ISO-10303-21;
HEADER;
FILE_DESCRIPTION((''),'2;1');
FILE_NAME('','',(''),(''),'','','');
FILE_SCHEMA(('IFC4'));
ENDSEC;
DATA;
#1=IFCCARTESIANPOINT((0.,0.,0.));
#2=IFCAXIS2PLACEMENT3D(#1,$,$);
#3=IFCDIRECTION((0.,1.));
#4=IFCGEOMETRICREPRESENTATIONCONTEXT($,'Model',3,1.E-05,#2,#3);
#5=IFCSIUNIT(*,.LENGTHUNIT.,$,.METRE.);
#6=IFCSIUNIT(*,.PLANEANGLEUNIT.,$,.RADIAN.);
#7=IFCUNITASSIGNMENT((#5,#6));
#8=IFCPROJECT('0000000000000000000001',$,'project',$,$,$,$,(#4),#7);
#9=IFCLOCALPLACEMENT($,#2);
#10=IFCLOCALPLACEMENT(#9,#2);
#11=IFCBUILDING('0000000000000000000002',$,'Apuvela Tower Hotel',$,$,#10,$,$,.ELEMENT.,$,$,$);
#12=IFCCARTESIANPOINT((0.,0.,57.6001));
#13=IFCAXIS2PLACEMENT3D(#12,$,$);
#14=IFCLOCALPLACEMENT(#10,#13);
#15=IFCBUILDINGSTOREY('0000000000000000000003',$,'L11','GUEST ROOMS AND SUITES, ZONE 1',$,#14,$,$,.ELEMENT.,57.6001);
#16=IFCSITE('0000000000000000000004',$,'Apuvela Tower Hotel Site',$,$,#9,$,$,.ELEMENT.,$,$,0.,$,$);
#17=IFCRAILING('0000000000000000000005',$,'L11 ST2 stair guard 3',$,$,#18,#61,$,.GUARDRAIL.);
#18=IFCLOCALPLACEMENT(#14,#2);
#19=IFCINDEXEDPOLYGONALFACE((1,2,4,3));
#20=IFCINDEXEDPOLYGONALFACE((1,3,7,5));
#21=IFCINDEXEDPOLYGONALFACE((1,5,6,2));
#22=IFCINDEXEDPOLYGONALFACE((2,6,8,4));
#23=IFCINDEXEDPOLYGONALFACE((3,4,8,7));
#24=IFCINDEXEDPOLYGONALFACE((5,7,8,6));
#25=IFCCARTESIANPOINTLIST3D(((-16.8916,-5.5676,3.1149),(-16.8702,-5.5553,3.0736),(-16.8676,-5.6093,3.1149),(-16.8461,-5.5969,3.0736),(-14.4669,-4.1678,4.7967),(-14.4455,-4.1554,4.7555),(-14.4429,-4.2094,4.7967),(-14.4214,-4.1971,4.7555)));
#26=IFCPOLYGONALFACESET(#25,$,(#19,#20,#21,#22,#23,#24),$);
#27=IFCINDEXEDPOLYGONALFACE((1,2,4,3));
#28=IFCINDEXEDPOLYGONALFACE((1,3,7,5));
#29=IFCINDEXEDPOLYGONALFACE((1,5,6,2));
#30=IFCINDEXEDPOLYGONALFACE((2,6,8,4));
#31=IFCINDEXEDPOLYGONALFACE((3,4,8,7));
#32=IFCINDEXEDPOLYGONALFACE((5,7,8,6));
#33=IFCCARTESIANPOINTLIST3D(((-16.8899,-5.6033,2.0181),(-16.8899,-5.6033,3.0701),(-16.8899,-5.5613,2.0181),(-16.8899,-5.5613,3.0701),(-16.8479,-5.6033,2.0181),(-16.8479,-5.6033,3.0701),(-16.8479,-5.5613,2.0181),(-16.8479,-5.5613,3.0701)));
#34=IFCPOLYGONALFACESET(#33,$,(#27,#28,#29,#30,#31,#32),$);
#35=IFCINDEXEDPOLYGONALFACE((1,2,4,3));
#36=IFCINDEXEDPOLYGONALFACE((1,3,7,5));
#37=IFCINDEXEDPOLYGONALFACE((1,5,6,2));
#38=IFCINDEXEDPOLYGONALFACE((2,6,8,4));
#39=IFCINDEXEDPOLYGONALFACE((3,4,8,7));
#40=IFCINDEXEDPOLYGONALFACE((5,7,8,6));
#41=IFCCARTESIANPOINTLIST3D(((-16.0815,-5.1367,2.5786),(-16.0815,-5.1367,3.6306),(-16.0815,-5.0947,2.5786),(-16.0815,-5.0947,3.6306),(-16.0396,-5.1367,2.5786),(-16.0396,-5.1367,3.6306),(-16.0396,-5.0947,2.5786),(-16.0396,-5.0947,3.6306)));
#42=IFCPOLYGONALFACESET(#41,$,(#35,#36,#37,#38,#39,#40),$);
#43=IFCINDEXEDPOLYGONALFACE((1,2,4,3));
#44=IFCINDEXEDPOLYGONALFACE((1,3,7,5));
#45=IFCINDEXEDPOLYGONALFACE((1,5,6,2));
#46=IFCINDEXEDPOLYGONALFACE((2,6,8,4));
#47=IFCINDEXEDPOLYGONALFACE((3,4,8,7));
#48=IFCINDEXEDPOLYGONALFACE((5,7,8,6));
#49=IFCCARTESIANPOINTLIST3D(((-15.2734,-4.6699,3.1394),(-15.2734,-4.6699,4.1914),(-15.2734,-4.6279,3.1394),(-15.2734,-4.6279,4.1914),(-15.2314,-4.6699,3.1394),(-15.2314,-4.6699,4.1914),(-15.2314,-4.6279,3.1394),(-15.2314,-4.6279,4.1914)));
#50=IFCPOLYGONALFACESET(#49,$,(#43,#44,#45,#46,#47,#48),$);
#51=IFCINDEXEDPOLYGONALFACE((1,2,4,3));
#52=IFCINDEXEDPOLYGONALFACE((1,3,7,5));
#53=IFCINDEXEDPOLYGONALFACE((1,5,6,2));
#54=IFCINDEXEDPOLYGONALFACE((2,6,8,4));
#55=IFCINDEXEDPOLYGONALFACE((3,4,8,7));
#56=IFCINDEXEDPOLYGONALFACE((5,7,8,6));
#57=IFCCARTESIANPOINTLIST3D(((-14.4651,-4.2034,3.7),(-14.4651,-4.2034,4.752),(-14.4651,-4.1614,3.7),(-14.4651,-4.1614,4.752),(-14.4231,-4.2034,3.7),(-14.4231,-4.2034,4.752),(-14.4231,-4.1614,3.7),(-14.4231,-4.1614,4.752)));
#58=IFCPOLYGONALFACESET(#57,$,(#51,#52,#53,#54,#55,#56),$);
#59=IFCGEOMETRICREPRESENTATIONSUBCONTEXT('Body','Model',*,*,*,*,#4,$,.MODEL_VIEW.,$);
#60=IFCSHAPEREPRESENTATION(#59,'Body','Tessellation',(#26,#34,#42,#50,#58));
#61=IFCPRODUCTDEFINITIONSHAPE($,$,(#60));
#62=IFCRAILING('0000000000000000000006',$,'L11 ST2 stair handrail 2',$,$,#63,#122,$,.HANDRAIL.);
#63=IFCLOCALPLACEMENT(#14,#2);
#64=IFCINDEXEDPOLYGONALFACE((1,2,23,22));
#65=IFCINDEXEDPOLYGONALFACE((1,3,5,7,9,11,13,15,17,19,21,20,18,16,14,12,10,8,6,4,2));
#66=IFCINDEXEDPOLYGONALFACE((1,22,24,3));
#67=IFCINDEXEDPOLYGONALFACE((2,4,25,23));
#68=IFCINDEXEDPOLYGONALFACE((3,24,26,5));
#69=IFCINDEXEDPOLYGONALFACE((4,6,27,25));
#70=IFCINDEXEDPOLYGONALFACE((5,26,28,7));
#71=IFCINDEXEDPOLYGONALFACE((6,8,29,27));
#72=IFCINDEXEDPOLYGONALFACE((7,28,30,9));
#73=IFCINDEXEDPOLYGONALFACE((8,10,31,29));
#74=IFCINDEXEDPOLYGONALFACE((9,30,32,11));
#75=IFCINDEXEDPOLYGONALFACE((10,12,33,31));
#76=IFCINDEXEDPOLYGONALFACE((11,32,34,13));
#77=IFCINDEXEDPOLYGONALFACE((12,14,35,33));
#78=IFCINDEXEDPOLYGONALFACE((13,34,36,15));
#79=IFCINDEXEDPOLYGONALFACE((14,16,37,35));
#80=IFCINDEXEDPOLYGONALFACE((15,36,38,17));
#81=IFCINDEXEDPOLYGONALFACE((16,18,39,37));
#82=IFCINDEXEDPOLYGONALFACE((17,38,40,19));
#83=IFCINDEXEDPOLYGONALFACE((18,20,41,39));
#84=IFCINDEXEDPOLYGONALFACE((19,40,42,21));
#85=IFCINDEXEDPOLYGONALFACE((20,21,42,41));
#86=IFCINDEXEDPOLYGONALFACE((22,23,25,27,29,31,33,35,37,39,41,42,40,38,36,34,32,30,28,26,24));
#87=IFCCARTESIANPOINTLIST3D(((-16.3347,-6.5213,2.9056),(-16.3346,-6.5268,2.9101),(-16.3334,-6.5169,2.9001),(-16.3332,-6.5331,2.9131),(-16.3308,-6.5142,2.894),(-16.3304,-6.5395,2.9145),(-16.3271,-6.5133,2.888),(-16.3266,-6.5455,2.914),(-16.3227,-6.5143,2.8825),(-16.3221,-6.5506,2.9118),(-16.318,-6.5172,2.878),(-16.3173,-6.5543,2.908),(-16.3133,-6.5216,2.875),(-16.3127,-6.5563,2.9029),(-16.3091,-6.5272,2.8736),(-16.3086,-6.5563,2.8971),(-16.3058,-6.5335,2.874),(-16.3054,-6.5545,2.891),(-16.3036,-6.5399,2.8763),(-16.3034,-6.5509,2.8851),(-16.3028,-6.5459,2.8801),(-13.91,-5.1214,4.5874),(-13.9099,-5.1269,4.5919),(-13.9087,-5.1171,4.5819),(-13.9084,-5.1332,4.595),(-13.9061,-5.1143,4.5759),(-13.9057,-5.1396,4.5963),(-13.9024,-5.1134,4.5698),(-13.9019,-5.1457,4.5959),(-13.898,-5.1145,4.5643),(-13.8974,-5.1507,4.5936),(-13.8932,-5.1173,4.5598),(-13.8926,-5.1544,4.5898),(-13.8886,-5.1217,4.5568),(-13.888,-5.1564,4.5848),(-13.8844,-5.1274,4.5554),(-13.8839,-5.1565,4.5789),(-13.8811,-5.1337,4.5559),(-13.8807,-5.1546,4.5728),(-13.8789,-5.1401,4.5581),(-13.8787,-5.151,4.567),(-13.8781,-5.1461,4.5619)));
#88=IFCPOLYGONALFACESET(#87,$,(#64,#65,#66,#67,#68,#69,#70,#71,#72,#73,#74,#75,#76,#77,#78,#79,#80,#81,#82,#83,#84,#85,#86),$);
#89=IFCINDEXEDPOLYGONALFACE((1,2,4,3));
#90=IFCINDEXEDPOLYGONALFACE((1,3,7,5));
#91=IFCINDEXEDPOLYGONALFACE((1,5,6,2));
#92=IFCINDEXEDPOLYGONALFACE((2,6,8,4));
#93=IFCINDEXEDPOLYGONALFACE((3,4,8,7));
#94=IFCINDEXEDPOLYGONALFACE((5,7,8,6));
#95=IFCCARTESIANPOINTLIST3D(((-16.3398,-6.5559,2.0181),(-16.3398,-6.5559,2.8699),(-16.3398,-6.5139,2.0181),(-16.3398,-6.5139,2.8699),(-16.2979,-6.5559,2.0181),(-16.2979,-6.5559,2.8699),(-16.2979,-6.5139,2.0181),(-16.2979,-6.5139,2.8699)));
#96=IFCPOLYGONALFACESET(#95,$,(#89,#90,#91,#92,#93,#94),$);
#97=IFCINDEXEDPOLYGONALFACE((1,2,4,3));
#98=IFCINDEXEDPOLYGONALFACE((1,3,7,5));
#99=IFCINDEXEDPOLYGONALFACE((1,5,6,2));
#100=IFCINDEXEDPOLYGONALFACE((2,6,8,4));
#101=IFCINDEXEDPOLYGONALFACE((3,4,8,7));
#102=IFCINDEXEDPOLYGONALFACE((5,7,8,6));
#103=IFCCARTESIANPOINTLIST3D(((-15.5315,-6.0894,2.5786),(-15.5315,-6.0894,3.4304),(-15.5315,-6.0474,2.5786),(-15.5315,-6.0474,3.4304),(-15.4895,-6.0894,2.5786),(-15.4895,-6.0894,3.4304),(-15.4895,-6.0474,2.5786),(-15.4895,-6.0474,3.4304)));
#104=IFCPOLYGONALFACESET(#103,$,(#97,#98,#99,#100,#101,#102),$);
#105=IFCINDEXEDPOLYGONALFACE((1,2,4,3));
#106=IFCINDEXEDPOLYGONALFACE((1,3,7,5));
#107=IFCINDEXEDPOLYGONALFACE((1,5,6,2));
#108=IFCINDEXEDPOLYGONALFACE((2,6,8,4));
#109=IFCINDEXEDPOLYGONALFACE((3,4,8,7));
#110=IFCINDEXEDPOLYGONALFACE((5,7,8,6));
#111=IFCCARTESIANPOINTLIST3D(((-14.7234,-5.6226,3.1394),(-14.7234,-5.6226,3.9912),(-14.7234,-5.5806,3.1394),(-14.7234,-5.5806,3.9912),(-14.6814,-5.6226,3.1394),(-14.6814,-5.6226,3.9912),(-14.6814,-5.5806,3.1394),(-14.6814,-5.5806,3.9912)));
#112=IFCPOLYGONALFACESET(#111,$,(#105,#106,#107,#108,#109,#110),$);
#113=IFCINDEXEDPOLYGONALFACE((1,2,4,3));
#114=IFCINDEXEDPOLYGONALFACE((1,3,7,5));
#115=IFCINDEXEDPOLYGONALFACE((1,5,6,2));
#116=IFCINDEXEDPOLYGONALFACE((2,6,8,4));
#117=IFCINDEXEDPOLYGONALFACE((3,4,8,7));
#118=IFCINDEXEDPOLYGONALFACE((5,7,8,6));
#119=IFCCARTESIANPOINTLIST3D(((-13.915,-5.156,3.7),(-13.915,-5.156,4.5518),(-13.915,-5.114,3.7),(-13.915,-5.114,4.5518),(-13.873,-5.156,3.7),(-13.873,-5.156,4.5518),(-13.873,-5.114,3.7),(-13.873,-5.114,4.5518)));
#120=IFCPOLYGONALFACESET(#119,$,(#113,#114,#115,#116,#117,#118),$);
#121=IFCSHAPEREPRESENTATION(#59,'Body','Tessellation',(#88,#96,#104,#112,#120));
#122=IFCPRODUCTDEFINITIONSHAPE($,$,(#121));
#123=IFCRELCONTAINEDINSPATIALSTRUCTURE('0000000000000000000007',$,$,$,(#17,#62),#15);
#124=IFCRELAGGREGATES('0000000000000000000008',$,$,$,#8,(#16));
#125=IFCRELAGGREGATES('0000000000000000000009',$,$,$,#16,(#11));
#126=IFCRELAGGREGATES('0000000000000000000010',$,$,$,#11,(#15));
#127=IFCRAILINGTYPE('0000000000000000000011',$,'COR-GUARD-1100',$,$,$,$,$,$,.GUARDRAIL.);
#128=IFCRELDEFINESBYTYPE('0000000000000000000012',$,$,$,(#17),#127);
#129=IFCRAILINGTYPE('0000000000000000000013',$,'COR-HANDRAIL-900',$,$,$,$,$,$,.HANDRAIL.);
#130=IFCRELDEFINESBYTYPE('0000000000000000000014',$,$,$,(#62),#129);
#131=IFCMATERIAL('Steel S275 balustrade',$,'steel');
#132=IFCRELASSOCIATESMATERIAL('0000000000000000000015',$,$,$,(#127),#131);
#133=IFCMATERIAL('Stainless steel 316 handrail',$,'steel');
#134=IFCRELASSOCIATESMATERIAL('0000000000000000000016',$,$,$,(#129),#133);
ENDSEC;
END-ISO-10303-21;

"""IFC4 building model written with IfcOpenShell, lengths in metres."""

from ifc_helpers import new_model, si_unit, direction, frame, origin, origin_2d, place, context, subcontext, project, spatial, rectangle, circle, extrude, material, type_object, element, save


model = new_model("IFC4")

# Units and contexts
model_context = context("Model", 3, precision=1e-05, world=origin(), true_north=direction((0.0, 1.0)))
body_context = subcontext(model_context, "Body", "Model", "MODEL_VIEW")
ifc_project = project(units=[si_unit("LENGTHUNIT", "METRE"), si_unit("PLANEANGLEUNIT", "RADIAN")], contexts=[model_context])

# Site, building, storey
site_placement = place(None, origin())
site = spatial("IfcSite", under=ifc_project, at=site_placement, Name="Apuvela Tower Hotel Site", CompositionType="ELEMENT", RefElevation=0.0)
building_placement = place(site_placement, origin())
building = spatial("IfcBuilding", under=site, at=building_placement, Name="Apuvela Tower Hotel", CompositionType="ELEMENT")
storey_placement = place(building_placement, frame((0.0, 0.0, 57.6001)))
storey = spatial("IfcBuildingStorey", under=building, at=storey_placement, Name="L11", Description="GUEST ROOMS AND SUITES, ZONE 1", CompositionType="ELEMENT", Elevation=57.6001)

# Railings
ifc_material_1 = material(Name="Steel S275 balustrade", Category="steel")
railing_type_1 = type_object("IfcRailingType", Name="COR-GUARD-1100", PredefinedType="GUARDRAIL", material=ifc_material_1)
railing_1_placement = place(storey_placement, frame((-16.8689, -5.5823, 2.0181)))
element("IfcRailing", 1, at=railing_1_placement, inside=storey, type_object=railing_type_1, Name="L11 ST2 stair guard 3", PredefinedType="GUARDRAIL", context=body_context, shape_type="SweptSolid", body=[
    extrude(rectangle(XDim=0.0481, YDim=0.0481, at=origin_2d()), frame((0.0, 0.0, 1.0762), z_axis=(0.74239, 0.428601, 0.514934), x_axis=(-0.499984, 0.866035, 0.0)), (0.0, 0.0, 1.0), 3.2661),
    extrude(rectangle(XDim=0.042, YDim=0.042, at=origin_2d()), origin(), (0.0, 0.0, 1.0), 1.052),
    extrude(rectangle(XDim=0.042, YDim=0.042, at=origin_2d()), frame((0.8083, 0.4666, 0.5605)), (0.0, 0.0, 1.0), 1.052),
    extrude(rectangle(XDim=0.042, YDim=0.042, at=origin_2d()), frame((1.6165, 0.9333, 1.1213)), (0.0, 0.0, 1.0), 1.052),
    extrude(rectangle(XDim=0.042, YDim=0.042, at=origin_2d()), frame((2.4248, 1.3999, 1.6819)), (0.0, 0.0, 1.0), 1.052),
])
ifc_material_2 = material(Name="Stainless steel 316 handrail", Category="steel")
railing_type_2 = type_object("IfcRailingType", Name="COR-HANDRAIL-900", PredefinedType="HANDRAIL", material=ifc_material_2)
railing_2_placement = place(storey_placement, frame((-16.3188, -6.5349, 2.0181)))
element("IfcRailing", 2, at=railing_2_placement, inside=storey, type_object=railing_type_2, Name="L11 ST2 stair handrail 2", PredefinedType="HANDRAIL", context=body_context, shape_type="SweptSolid", body=[
    extrude(circle(Radius=0.0239, at=origin_2d()), frame((0.0, 0.0, 0.876), z_axis=(0.74239, 0.428601, 0.514934), x_axis=(-0.499984, 0.866035, 0.0)), (0.0, 0.0, 1.0), 3.2661),
    extrude(rectangle(XDim=0.042, YDim=0.042, at=origin_2d()), origin(), (0.0, 0.0, 1.0), 0.8518),
    extrude(rectangle(XDim=0.042, YDim=0.042, at=origin_2d()), frame((0.8083, 0.4666, 0.5605)), (0.0, 0.0, 1.0), 0.8518),
    extrude(rectangle(XDim=0.042, YDim=0.042, at=origin_2d()), frame((1.6165, 0.9333, 1.1213)), (0.0, 0.0, 1.0), 0.8518),
    extrude(rectangle(XDim=0.042, YDim=0.042, at=origin_2d()), frame((2.4248, 1.3999, 1.6819)), (0.0, 0.0, 1.0), 0.8518),
])

save(model, "model.ifc")
